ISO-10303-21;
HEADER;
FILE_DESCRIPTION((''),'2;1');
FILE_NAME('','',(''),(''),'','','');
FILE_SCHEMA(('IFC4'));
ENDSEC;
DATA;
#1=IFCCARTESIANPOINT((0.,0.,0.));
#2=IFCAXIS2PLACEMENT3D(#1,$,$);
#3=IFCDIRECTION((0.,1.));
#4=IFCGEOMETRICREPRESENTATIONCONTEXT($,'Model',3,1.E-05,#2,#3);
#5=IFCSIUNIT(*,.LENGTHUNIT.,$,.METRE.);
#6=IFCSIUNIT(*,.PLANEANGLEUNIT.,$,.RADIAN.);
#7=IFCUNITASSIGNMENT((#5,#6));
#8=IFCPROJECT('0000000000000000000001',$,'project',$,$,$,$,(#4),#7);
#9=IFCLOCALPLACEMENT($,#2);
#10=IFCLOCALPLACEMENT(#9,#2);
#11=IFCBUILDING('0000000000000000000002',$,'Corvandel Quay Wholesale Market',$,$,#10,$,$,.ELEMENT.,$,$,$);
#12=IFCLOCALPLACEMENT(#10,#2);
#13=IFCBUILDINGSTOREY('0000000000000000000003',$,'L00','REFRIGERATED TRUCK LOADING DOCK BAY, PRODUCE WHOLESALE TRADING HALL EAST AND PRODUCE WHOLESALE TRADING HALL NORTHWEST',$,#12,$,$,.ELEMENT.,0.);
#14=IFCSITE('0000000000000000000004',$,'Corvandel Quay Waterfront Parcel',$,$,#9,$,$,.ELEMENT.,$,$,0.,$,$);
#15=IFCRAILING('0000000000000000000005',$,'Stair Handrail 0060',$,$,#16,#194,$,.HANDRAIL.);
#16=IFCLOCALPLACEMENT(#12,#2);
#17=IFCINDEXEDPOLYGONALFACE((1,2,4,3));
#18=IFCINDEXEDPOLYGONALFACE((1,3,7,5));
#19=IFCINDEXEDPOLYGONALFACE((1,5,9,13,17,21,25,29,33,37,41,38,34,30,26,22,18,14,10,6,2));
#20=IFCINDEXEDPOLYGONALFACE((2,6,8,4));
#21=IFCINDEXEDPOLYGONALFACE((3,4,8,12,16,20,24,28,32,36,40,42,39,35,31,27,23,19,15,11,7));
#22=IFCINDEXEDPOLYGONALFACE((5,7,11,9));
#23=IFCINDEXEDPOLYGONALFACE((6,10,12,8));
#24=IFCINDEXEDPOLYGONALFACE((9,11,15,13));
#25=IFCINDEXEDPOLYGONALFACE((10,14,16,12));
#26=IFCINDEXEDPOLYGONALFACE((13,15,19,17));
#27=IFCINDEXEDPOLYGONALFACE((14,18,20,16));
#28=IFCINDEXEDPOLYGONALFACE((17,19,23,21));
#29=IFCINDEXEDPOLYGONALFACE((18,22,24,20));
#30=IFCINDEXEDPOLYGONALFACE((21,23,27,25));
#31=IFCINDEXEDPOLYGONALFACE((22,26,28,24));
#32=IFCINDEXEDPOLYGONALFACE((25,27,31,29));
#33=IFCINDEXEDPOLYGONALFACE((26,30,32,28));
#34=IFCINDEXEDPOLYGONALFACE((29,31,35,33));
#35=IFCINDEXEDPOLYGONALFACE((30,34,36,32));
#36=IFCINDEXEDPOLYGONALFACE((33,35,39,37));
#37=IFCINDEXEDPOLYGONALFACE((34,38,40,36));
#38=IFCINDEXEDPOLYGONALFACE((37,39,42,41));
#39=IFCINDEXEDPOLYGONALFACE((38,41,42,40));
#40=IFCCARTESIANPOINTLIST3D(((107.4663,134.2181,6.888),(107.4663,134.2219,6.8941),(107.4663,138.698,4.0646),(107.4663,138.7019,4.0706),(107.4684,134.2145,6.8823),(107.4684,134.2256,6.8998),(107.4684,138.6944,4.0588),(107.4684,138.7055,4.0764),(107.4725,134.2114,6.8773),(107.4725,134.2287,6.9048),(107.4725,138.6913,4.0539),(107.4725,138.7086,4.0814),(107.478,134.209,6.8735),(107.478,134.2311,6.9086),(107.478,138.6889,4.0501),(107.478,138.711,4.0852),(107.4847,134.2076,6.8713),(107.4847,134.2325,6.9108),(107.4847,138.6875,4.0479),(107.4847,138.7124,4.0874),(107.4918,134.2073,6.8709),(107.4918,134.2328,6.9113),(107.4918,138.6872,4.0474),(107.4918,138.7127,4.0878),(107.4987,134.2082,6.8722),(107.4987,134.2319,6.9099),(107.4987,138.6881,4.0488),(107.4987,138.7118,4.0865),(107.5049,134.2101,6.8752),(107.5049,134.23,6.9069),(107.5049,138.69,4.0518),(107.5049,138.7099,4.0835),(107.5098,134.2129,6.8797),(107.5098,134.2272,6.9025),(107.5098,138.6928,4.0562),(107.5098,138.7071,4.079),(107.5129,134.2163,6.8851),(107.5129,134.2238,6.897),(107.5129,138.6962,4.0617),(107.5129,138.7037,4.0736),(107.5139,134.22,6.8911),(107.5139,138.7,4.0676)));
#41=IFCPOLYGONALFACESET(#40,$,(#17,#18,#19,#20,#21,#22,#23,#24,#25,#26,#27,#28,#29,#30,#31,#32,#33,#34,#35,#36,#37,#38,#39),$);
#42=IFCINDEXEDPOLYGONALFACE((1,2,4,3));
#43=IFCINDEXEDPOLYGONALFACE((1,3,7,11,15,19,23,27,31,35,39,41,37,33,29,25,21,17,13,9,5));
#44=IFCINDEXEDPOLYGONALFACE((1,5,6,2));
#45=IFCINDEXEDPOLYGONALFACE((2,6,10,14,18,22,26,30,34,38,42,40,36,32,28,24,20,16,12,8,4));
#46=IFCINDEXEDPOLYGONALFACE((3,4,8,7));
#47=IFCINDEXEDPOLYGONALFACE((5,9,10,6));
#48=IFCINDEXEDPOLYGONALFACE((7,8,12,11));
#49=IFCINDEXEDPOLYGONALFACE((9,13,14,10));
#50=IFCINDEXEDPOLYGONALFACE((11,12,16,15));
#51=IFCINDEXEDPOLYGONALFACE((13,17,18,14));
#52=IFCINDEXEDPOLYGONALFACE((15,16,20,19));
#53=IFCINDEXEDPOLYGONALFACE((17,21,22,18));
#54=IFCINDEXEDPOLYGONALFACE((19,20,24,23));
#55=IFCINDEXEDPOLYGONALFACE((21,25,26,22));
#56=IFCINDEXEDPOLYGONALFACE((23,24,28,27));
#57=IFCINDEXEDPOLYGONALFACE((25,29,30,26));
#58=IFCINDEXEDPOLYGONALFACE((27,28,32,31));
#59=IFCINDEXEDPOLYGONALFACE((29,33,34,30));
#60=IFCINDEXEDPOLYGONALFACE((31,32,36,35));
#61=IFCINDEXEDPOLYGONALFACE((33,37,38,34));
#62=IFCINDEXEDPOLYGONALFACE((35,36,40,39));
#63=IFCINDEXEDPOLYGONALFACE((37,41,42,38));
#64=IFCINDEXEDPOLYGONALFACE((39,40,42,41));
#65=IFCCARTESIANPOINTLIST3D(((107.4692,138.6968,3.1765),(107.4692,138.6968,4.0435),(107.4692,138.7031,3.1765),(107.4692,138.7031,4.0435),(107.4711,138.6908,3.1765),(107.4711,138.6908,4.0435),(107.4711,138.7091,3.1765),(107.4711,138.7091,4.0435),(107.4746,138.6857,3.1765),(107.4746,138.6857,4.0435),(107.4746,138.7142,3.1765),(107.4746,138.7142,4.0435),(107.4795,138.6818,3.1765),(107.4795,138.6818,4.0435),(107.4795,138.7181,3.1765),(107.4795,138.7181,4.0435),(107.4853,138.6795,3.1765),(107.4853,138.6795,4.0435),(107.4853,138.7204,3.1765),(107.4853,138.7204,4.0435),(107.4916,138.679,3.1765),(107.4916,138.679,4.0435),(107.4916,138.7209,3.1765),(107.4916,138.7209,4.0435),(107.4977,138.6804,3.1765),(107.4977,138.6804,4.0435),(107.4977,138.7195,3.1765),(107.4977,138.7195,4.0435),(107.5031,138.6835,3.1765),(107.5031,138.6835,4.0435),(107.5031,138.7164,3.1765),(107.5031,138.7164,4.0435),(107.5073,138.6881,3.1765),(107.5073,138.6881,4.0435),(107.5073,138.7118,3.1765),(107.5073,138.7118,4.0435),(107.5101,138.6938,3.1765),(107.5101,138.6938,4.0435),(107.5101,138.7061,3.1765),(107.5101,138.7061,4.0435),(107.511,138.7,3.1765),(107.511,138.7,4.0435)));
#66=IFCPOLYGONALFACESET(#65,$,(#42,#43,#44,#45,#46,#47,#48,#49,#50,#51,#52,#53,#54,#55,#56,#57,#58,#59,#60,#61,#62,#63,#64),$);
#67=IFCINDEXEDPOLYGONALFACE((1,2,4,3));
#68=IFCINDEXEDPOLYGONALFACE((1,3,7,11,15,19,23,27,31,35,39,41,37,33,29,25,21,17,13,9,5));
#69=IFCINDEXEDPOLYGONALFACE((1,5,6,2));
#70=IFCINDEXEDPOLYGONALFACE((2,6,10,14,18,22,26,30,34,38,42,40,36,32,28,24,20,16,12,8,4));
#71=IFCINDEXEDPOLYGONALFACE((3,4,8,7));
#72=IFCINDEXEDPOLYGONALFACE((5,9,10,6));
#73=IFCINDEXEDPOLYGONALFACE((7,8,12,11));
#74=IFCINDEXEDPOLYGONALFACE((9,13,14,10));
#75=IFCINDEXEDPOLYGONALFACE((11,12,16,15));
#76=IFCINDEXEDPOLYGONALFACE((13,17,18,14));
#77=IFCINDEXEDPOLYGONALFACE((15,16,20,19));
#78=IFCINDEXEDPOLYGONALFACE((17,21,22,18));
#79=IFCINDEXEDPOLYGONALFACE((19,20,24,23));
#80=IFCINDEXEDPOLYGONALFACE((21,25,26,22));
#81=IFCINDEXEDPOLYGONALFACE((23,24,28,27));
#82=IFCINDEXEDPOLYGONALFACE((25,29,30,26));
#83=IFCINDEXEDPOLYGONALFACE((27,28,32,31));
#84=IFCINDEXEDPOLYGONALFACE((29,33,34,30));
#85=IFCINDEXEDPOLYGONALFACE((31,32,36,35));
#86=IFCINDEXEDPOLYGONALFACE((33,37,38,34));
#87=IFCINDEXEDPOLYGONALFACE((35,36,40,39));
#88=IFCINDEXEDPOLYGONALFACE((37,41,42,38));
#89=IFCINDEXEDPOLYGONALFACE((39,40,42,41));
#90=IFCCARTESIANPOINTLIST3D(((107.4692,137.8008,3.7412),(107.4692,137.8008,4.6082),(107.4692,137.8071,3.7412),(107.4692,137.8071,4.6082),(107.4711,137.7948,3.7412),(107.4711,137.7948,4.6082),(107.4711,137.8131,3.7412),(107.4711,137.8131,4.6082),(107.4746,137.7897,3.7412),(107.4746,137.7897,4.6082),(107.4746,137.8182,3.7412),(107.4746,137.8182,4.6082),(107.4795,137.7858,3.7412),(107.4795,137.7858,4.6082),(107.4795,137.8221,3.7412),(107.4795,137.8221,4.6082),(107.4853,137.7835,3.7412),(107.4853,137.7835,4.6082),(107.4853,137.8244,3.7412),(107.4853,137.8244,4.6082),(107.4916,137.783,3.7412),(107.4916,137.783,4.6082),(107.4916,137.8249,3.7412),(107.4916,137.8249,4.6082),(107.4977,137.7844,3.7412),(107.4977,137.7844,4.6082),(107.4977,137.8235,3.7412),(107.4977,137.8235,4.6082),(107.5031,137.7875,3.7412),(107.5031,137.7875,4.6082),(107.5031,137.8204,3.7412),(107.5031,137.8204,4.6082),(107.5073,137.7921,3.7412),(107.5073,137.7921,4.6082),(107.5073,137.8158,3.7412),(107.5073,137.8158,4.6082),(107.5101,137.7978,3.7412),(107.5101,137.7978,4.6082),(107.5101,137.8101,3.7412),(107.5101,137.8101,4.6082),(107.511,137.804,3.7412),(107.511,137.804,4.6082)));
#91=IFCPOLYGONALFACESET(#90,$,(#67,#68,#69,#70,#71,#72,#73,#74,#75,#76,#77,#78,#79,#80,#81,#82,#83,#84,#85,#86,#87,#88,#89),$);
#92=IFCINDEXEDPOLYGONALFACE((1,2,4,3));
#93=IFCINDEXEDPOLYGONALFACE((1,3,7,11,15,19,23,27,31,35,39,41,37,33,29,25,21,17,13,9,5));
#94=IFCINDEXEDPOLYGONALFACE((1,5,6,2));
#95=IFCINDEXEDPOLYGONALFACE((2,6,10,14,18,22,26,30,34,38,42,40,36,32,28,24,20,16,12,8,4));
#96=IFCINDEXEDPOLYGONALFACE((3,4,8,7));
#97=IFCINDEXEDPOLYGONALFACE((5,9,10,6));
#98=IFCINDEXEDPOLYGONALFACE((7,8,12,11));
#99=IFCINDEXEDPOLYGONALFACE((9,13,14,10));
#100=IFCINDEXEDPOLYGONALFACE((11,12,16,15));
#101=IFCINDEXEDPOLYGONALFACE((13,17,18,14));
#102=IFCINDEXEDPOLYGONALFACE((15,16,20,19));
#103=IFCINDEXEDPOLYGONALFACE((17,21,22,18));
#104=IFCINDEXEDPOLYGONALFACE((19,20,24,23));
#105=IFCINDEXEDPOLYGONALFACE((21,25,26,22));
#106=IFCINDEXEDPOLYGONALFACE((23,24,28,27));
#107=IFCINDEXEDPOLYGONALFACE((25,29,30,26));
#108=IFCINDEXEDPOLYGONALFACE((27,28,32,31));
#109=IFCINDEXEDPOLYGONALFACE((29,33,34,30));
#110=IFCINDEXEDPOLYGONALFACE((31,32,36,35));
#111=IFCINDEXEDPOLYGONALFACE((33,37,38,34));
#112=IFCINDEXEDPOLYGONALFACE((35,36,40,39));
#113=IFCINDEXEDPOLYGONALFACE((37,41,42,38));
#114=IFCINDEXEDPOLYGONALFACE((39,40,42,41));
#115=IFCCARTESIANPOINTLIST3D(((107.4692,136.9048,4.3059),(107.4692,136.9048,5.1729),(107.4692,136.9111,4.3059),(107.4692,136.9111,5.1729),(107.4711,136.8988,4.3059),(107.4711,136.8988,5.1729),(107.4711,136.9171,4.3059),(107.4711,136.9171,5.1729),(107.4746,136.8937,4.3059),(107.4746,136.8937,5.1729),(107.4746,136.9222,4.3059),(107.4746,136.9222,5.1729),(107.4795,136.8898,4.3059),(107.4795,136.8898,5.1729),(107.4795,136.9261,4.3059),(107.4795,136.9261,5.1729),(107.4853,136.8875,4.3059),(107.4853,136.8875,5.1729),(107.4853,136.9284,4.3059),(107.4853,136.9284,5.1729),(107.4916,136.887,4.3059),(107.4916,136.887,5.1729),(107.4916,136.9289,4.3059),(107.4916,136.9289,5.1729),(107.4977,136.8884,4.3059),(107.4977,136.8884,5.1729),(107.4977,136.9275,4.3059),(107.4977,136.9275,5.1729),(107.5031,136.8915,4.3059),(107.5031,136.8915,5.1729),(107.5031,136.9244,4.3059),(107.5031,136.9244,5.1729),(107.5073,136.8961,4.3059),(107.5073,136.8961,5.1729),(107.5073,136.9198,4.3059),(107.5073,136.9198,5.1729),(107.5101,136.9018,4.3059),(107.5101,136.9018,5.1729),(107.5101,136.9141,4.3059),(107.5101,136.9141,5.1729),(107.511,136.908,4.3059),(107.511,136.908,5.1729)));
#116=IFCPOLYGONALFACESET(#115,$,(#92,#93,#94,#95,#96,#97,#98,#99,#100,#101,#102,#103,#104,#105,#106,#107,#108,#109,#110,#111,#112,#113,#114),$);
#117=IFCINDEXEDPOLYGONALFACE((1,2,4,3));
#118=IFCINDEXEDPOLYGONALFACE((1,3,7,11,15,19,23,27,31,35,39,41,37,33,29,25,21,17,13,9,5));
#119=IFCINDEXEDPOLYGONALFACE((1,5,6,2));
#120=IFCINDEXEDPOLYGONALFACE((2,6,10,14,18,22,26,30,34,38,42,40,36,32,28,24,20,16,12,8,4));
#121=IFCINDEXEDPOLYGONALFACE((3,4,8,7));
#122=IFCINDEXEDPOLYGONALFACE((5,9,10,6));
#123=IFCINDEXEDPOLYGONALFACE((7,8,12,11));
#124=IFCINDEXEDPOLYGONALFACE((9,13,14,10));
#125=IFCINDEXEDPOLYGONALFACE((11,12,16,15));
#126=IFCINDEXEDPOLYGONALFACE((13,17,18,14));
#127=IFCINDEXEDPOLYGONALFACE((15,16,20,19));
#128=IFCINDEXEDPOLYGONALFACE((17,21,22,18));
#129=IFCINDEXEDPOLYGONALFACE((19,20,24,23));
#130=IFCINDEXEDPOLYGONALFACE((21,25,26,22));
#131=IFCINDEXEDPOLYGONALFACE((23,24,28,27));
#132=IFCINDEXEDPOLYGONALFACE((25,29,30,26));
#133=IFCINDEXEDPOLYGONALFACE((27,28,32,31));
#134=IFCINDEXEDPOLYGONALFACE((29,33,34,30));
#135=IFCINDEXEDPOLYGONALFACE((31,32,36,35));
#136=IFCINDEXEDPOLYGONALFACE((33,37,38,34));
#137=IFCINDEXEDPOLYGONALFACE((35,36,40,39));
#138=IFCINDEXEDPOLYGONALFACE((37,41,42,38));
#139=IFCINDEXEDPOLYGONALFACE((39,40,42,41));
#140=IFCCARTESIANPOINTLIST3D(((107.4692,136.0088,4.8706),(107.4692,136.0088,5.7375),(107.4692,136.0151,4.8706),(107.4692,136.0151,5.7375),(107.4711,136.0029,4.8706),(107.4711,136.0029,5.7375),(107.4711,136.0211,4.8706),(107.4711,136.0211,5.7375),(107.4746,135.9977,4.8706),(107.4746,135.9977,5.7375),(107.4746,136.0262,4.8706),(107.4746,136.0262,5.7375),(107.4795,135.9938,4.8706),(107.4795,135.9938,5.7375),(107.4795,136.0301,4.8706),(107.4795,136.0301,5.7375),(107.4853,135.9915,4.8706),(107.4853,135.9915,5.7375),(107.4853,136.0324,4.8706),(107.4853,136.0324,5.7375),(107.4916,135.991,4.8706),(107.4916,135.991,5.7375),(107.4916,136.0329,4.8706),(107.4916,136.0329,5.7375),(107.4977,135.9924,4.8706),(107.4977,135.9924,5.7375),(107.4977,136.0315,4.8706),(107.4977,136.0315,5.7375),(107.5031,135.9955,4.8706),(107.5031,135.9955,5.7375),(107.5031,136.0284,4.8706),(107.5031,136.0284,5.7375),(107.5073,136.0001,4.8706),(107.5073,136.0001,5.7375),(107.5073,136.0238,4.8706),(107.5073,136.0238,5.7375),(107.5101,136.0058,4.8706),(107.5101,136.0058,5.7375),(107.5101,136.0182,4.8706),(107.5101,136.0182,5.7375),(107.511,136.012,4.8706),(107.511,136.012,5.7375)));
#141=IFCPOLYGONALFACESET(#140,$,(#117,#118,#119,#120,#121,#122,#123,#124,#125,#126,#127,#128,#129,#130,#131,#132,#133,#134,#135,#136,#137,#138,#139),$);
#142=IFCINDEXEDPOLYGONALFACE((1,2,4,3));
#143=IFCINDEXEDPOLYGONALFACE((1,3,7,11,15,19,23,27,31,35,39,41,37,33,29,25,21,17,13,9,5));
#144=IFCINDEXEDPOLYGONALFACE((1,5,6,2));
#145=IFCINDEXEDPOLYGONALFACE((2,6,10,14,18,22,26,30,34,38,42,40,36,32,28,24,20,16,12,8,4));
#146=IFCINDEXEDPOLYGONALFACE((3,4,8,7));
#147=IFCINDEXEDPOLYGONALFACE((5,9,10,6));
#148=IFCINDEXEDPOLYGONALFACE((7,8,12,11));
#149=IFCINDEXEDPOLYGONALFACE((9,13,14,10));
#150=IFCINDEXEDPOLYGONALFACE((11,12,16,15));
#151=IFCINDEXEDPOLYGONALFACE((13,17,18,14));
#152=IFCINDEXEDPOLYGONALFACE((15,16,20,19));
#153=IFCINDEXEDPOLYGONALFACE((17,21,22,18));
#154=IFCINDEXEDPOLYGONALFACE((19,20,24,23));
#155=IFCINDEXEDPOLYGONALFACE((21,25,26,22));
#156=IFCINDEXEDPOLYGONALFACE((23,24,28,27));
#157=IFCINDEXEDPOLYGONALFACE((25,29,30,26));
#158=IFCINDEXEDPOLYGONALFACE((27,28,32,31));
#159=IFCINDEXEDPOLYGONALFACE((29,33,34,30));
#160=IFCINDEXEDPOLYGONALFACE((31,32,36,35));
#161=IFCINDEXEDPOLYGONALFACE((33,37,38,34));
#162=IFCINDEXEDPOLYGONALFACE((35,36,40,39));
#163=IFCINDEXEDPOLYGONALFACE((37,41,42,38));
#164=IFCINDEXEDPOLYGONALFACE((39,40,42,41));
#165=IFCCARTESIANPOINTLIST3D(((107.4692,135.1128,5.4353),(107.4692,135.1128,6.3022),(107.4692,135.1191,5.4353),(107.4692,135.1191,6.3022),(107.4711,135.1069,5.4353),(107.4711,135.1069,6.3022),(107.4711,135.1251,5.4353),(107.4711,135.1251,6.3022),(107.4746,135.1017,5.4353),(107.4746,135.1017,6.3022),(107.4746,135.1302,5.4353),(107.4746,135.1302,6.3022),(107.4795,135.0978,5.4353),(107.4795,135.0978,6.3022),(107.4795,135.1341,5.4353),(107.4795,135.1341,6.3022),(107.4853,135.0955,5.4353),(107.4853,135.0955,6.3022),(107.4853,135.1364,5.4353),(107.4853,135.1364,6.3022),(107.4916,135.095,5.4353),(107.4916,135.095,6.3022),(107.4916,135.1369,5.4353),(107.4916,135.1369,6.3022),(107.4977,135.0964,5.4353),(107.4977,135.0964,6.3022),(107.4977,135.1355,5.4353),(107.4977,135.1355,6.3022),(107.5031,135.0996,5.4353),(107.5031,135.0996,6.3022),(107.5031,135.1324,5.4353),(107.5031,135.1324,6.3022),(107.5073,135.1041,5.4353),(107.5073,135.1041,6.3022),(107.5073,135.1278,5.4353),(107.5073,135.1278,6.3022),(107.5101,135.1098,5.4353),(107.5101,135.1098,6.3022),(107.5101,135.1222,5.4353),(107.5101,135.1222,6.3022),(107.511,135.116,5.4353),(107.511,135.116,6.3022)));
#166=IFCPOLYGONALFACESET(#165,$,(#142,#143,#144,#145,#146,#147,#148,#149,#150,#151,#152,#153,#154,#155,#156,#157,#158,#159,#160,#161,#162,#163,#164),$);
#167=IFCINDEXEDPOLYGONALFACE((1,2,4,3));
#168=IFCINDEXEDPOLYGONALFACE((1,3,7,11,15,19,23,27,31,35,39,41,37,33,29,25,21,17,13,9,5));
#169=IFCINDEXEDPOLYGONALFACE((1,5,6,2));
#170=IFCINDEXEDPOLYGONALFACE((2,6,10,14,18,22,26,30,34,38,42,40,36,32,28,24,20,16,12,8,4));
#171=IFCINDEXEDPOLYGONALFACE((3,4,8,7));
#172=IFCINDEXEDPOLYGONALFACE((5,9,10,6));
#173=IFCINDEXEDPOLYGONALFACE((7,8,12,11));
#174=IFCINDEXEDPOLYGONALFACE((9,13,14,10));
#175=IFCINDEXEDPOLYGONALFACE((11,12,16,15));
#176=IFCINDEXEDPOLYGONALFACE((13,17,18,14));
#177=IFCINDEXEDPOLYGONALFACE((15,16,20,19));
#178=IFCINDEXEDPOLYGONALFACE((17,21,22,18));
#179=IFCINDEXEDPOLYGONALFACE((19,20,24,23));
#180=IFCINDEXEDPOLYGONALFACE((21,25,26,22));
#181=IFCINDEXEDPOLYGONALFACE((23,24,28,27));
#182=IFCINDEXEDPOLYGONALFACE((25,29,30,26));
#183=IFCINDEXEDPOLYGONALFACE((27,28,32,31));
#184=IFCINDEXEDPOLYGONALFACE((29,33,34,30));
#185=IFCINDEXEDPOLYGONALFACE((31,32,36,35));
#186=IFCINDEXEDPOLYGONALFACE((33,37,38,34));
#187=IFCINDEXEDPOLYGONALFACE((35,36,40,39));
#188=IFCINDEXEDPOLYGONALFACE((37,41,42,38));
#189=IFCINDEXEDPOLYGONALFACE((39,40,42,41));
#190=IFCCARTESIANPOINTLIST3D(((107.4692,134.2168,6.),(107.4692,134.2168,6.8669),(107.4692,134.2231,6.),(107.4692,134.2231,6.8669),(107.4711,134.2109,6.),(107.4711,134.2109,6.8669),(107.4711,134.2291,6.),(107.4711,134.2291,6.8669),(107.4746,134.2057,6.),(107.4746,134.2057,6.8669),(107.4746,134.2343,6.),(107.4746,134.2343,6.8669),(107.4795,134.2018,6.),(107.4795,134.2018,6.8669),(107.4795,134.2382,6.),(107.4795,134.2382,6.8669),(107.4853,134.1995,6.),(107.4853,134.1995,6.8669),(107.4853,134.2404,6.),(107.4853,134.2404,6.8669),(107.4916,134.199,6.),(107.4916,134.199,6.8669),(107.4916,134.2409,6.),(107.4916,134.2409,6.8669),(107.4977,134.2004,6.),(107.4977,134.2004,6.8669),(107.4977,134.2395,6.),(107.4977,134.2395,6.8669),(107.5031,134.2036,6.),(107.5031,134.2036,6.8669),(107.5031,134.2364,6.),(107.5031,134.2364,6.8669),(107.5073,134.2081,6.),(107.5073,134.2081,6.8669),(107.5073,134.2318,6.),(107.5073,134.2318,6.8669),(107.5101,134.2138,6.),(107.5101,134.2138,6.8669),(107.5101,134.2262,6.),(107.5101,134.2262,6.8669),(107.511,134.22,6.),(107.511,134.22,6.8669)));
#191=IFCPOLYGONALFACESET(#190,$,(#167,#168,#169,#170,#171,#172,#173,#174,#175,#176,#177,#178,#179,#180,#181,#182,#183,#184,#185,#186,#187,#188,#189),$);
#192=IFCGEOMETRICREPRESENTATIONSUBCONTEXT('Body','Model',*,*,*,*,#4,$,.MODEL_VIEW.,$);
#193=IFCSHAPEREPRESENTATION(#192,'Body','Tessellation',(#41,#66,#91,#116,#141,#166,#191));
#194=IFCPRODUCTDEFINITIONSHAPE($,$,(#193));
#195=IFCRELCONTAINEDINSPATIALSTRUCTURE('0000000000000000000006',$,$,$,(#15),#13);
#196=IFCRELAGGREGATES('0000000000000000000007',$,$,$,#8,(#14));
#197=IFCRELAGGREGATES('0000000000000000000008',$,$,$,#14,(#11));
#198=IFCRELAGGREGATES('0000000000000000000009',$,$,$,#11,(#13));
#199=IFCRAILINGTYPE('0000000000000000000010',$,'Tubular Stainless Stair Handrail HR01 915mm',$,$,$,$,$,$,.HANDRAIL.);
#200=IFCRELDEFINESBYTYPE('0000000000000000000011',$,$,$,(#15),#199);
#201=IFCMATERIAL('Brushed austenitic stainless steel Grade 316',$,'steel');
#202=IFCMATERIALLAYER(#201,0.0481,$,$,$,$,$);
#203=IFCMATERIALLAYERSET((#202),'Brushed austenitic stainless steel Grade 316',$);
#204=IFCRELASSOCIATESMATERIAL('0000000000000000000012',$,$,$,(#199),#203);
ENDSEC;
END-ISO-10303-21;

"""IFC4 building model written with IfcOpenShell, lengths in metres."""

from ifc_helpers import new_model, si_unit, direction, frame, origin, origin_2d, place, context, subcontext, project, spatial, circle, extrude, material, layer, layer_set, type_object, element, save


model = new_model("IFC4")

# Units and contexts
model_context = context("Model", 3, precision=1e-05, world=origin(), true_north=direction((0.0, 1.0)))
body_context = subcontext(model_context, "Body", "Model", "MODEL_VIEW")
ifc_project = project(units=[si_unit("LENGTHUNIT", "METRE"), si_unit("PLANEANGLEUNIT", "RADIAN")], contexts=[model_context])

# Site, building, storey
site_placement = place(None, origin())
site = spatial("IfcSite", under=ifc_project, at=site_placement, Name="Corvandel Quay Waterfront Parcel", CompositionType="ELEMENT", RefElevation=0.0)
building_placement = place(site_placement, origin())
building = spatial("IfcBuilding", under=site, at=building_placement, Name="Corvandel Quay Wholesale Market", CompositionType="ELEMENT")
storey_placement = place(building_placement, origin())
storey = spatial("IfcBuildingStorey", under=building, at=storey_placement, Name="L00", Description="REFRIGERATED TRUCK LOADING DOCK BAY, PRODUCE WHOLESALE TRADING HALL EAST AND PRODUCE WHOLESALE TRADING HALL NORTHWEST", CompositionType="ELEMENT", Elevation=0.0)

# Railing
ifc_material_1 = material(Name="Brushed austenitic stainless steel Grade 316", Category="steel")
ifc_layer_1 = layer(ifc_material_1, 0.0481)
ifc_layer_set_1 = layer_set([ifc_layer_1], Name="Brushed austenitic stainless steel Grade 316")
railing_type_1 = type_object("IfcRailingType", Name="Tubular Stainless Stair Handrail HR01 915mm", PredefinedType="HANDRAIL", material=ifc_layer_set_1)
for number, where, name in (
    (1, (107.49, 138.7, 3.1765), "Stair Handrail 0060"),
):
    element("IfcRailing", number, at=place(storey_placement, frame(where)), inside=storey, type_object=railing_type_1, Name=name, PredefinedType="HANDRAIL", context=body_context, shape_type="SweptSolid", body=[
        extrude(circle(Radius=0.0239, at=origin_2d()), frame((0.0, 0.0, 0.8911), z_axis=(0.0, -0.845998, 0.533186), x_axis=(1.0, 0.0, 0.0)), (0.0, 0.0, 1.0), 5.2954),
        extrude(circle(Radius=0.021, at=origin_2d()), origin(), (0.0, 0.0, 1.0), 0.8669),
        extrude(circle(Radius=0.021, at=origin_2d()), frame((0.0, -0.896, 0.5647)), (0.0, 0.0, 1.0), 0.8669),
        extrude(circle(Radius=0.021, at=origin_2d()), frame((0.0, -1.792, 1.1294)), (0.0, 0.0, 1.0), 0.8669),
        extrude(circle(Radius=0.021, at=origin_2d()), frame((0.0, -2.688, 1.6941)), (0.0, 0.0, 1.0), 0.8669),
        extrude(circle(Radius=0.021, at=origin_2d()), frame((0.0, -3.584, 2.2588)), (0.0, 0.0, 1.0), 0.8669),
        extrude(circle(Radius=0.021, at=origin_2d()), frame((0.0, -4.48, 2.8235)), (0.0, 0.0, 1.0), 0.8669),
    ])

save(model, "model.ifc")
